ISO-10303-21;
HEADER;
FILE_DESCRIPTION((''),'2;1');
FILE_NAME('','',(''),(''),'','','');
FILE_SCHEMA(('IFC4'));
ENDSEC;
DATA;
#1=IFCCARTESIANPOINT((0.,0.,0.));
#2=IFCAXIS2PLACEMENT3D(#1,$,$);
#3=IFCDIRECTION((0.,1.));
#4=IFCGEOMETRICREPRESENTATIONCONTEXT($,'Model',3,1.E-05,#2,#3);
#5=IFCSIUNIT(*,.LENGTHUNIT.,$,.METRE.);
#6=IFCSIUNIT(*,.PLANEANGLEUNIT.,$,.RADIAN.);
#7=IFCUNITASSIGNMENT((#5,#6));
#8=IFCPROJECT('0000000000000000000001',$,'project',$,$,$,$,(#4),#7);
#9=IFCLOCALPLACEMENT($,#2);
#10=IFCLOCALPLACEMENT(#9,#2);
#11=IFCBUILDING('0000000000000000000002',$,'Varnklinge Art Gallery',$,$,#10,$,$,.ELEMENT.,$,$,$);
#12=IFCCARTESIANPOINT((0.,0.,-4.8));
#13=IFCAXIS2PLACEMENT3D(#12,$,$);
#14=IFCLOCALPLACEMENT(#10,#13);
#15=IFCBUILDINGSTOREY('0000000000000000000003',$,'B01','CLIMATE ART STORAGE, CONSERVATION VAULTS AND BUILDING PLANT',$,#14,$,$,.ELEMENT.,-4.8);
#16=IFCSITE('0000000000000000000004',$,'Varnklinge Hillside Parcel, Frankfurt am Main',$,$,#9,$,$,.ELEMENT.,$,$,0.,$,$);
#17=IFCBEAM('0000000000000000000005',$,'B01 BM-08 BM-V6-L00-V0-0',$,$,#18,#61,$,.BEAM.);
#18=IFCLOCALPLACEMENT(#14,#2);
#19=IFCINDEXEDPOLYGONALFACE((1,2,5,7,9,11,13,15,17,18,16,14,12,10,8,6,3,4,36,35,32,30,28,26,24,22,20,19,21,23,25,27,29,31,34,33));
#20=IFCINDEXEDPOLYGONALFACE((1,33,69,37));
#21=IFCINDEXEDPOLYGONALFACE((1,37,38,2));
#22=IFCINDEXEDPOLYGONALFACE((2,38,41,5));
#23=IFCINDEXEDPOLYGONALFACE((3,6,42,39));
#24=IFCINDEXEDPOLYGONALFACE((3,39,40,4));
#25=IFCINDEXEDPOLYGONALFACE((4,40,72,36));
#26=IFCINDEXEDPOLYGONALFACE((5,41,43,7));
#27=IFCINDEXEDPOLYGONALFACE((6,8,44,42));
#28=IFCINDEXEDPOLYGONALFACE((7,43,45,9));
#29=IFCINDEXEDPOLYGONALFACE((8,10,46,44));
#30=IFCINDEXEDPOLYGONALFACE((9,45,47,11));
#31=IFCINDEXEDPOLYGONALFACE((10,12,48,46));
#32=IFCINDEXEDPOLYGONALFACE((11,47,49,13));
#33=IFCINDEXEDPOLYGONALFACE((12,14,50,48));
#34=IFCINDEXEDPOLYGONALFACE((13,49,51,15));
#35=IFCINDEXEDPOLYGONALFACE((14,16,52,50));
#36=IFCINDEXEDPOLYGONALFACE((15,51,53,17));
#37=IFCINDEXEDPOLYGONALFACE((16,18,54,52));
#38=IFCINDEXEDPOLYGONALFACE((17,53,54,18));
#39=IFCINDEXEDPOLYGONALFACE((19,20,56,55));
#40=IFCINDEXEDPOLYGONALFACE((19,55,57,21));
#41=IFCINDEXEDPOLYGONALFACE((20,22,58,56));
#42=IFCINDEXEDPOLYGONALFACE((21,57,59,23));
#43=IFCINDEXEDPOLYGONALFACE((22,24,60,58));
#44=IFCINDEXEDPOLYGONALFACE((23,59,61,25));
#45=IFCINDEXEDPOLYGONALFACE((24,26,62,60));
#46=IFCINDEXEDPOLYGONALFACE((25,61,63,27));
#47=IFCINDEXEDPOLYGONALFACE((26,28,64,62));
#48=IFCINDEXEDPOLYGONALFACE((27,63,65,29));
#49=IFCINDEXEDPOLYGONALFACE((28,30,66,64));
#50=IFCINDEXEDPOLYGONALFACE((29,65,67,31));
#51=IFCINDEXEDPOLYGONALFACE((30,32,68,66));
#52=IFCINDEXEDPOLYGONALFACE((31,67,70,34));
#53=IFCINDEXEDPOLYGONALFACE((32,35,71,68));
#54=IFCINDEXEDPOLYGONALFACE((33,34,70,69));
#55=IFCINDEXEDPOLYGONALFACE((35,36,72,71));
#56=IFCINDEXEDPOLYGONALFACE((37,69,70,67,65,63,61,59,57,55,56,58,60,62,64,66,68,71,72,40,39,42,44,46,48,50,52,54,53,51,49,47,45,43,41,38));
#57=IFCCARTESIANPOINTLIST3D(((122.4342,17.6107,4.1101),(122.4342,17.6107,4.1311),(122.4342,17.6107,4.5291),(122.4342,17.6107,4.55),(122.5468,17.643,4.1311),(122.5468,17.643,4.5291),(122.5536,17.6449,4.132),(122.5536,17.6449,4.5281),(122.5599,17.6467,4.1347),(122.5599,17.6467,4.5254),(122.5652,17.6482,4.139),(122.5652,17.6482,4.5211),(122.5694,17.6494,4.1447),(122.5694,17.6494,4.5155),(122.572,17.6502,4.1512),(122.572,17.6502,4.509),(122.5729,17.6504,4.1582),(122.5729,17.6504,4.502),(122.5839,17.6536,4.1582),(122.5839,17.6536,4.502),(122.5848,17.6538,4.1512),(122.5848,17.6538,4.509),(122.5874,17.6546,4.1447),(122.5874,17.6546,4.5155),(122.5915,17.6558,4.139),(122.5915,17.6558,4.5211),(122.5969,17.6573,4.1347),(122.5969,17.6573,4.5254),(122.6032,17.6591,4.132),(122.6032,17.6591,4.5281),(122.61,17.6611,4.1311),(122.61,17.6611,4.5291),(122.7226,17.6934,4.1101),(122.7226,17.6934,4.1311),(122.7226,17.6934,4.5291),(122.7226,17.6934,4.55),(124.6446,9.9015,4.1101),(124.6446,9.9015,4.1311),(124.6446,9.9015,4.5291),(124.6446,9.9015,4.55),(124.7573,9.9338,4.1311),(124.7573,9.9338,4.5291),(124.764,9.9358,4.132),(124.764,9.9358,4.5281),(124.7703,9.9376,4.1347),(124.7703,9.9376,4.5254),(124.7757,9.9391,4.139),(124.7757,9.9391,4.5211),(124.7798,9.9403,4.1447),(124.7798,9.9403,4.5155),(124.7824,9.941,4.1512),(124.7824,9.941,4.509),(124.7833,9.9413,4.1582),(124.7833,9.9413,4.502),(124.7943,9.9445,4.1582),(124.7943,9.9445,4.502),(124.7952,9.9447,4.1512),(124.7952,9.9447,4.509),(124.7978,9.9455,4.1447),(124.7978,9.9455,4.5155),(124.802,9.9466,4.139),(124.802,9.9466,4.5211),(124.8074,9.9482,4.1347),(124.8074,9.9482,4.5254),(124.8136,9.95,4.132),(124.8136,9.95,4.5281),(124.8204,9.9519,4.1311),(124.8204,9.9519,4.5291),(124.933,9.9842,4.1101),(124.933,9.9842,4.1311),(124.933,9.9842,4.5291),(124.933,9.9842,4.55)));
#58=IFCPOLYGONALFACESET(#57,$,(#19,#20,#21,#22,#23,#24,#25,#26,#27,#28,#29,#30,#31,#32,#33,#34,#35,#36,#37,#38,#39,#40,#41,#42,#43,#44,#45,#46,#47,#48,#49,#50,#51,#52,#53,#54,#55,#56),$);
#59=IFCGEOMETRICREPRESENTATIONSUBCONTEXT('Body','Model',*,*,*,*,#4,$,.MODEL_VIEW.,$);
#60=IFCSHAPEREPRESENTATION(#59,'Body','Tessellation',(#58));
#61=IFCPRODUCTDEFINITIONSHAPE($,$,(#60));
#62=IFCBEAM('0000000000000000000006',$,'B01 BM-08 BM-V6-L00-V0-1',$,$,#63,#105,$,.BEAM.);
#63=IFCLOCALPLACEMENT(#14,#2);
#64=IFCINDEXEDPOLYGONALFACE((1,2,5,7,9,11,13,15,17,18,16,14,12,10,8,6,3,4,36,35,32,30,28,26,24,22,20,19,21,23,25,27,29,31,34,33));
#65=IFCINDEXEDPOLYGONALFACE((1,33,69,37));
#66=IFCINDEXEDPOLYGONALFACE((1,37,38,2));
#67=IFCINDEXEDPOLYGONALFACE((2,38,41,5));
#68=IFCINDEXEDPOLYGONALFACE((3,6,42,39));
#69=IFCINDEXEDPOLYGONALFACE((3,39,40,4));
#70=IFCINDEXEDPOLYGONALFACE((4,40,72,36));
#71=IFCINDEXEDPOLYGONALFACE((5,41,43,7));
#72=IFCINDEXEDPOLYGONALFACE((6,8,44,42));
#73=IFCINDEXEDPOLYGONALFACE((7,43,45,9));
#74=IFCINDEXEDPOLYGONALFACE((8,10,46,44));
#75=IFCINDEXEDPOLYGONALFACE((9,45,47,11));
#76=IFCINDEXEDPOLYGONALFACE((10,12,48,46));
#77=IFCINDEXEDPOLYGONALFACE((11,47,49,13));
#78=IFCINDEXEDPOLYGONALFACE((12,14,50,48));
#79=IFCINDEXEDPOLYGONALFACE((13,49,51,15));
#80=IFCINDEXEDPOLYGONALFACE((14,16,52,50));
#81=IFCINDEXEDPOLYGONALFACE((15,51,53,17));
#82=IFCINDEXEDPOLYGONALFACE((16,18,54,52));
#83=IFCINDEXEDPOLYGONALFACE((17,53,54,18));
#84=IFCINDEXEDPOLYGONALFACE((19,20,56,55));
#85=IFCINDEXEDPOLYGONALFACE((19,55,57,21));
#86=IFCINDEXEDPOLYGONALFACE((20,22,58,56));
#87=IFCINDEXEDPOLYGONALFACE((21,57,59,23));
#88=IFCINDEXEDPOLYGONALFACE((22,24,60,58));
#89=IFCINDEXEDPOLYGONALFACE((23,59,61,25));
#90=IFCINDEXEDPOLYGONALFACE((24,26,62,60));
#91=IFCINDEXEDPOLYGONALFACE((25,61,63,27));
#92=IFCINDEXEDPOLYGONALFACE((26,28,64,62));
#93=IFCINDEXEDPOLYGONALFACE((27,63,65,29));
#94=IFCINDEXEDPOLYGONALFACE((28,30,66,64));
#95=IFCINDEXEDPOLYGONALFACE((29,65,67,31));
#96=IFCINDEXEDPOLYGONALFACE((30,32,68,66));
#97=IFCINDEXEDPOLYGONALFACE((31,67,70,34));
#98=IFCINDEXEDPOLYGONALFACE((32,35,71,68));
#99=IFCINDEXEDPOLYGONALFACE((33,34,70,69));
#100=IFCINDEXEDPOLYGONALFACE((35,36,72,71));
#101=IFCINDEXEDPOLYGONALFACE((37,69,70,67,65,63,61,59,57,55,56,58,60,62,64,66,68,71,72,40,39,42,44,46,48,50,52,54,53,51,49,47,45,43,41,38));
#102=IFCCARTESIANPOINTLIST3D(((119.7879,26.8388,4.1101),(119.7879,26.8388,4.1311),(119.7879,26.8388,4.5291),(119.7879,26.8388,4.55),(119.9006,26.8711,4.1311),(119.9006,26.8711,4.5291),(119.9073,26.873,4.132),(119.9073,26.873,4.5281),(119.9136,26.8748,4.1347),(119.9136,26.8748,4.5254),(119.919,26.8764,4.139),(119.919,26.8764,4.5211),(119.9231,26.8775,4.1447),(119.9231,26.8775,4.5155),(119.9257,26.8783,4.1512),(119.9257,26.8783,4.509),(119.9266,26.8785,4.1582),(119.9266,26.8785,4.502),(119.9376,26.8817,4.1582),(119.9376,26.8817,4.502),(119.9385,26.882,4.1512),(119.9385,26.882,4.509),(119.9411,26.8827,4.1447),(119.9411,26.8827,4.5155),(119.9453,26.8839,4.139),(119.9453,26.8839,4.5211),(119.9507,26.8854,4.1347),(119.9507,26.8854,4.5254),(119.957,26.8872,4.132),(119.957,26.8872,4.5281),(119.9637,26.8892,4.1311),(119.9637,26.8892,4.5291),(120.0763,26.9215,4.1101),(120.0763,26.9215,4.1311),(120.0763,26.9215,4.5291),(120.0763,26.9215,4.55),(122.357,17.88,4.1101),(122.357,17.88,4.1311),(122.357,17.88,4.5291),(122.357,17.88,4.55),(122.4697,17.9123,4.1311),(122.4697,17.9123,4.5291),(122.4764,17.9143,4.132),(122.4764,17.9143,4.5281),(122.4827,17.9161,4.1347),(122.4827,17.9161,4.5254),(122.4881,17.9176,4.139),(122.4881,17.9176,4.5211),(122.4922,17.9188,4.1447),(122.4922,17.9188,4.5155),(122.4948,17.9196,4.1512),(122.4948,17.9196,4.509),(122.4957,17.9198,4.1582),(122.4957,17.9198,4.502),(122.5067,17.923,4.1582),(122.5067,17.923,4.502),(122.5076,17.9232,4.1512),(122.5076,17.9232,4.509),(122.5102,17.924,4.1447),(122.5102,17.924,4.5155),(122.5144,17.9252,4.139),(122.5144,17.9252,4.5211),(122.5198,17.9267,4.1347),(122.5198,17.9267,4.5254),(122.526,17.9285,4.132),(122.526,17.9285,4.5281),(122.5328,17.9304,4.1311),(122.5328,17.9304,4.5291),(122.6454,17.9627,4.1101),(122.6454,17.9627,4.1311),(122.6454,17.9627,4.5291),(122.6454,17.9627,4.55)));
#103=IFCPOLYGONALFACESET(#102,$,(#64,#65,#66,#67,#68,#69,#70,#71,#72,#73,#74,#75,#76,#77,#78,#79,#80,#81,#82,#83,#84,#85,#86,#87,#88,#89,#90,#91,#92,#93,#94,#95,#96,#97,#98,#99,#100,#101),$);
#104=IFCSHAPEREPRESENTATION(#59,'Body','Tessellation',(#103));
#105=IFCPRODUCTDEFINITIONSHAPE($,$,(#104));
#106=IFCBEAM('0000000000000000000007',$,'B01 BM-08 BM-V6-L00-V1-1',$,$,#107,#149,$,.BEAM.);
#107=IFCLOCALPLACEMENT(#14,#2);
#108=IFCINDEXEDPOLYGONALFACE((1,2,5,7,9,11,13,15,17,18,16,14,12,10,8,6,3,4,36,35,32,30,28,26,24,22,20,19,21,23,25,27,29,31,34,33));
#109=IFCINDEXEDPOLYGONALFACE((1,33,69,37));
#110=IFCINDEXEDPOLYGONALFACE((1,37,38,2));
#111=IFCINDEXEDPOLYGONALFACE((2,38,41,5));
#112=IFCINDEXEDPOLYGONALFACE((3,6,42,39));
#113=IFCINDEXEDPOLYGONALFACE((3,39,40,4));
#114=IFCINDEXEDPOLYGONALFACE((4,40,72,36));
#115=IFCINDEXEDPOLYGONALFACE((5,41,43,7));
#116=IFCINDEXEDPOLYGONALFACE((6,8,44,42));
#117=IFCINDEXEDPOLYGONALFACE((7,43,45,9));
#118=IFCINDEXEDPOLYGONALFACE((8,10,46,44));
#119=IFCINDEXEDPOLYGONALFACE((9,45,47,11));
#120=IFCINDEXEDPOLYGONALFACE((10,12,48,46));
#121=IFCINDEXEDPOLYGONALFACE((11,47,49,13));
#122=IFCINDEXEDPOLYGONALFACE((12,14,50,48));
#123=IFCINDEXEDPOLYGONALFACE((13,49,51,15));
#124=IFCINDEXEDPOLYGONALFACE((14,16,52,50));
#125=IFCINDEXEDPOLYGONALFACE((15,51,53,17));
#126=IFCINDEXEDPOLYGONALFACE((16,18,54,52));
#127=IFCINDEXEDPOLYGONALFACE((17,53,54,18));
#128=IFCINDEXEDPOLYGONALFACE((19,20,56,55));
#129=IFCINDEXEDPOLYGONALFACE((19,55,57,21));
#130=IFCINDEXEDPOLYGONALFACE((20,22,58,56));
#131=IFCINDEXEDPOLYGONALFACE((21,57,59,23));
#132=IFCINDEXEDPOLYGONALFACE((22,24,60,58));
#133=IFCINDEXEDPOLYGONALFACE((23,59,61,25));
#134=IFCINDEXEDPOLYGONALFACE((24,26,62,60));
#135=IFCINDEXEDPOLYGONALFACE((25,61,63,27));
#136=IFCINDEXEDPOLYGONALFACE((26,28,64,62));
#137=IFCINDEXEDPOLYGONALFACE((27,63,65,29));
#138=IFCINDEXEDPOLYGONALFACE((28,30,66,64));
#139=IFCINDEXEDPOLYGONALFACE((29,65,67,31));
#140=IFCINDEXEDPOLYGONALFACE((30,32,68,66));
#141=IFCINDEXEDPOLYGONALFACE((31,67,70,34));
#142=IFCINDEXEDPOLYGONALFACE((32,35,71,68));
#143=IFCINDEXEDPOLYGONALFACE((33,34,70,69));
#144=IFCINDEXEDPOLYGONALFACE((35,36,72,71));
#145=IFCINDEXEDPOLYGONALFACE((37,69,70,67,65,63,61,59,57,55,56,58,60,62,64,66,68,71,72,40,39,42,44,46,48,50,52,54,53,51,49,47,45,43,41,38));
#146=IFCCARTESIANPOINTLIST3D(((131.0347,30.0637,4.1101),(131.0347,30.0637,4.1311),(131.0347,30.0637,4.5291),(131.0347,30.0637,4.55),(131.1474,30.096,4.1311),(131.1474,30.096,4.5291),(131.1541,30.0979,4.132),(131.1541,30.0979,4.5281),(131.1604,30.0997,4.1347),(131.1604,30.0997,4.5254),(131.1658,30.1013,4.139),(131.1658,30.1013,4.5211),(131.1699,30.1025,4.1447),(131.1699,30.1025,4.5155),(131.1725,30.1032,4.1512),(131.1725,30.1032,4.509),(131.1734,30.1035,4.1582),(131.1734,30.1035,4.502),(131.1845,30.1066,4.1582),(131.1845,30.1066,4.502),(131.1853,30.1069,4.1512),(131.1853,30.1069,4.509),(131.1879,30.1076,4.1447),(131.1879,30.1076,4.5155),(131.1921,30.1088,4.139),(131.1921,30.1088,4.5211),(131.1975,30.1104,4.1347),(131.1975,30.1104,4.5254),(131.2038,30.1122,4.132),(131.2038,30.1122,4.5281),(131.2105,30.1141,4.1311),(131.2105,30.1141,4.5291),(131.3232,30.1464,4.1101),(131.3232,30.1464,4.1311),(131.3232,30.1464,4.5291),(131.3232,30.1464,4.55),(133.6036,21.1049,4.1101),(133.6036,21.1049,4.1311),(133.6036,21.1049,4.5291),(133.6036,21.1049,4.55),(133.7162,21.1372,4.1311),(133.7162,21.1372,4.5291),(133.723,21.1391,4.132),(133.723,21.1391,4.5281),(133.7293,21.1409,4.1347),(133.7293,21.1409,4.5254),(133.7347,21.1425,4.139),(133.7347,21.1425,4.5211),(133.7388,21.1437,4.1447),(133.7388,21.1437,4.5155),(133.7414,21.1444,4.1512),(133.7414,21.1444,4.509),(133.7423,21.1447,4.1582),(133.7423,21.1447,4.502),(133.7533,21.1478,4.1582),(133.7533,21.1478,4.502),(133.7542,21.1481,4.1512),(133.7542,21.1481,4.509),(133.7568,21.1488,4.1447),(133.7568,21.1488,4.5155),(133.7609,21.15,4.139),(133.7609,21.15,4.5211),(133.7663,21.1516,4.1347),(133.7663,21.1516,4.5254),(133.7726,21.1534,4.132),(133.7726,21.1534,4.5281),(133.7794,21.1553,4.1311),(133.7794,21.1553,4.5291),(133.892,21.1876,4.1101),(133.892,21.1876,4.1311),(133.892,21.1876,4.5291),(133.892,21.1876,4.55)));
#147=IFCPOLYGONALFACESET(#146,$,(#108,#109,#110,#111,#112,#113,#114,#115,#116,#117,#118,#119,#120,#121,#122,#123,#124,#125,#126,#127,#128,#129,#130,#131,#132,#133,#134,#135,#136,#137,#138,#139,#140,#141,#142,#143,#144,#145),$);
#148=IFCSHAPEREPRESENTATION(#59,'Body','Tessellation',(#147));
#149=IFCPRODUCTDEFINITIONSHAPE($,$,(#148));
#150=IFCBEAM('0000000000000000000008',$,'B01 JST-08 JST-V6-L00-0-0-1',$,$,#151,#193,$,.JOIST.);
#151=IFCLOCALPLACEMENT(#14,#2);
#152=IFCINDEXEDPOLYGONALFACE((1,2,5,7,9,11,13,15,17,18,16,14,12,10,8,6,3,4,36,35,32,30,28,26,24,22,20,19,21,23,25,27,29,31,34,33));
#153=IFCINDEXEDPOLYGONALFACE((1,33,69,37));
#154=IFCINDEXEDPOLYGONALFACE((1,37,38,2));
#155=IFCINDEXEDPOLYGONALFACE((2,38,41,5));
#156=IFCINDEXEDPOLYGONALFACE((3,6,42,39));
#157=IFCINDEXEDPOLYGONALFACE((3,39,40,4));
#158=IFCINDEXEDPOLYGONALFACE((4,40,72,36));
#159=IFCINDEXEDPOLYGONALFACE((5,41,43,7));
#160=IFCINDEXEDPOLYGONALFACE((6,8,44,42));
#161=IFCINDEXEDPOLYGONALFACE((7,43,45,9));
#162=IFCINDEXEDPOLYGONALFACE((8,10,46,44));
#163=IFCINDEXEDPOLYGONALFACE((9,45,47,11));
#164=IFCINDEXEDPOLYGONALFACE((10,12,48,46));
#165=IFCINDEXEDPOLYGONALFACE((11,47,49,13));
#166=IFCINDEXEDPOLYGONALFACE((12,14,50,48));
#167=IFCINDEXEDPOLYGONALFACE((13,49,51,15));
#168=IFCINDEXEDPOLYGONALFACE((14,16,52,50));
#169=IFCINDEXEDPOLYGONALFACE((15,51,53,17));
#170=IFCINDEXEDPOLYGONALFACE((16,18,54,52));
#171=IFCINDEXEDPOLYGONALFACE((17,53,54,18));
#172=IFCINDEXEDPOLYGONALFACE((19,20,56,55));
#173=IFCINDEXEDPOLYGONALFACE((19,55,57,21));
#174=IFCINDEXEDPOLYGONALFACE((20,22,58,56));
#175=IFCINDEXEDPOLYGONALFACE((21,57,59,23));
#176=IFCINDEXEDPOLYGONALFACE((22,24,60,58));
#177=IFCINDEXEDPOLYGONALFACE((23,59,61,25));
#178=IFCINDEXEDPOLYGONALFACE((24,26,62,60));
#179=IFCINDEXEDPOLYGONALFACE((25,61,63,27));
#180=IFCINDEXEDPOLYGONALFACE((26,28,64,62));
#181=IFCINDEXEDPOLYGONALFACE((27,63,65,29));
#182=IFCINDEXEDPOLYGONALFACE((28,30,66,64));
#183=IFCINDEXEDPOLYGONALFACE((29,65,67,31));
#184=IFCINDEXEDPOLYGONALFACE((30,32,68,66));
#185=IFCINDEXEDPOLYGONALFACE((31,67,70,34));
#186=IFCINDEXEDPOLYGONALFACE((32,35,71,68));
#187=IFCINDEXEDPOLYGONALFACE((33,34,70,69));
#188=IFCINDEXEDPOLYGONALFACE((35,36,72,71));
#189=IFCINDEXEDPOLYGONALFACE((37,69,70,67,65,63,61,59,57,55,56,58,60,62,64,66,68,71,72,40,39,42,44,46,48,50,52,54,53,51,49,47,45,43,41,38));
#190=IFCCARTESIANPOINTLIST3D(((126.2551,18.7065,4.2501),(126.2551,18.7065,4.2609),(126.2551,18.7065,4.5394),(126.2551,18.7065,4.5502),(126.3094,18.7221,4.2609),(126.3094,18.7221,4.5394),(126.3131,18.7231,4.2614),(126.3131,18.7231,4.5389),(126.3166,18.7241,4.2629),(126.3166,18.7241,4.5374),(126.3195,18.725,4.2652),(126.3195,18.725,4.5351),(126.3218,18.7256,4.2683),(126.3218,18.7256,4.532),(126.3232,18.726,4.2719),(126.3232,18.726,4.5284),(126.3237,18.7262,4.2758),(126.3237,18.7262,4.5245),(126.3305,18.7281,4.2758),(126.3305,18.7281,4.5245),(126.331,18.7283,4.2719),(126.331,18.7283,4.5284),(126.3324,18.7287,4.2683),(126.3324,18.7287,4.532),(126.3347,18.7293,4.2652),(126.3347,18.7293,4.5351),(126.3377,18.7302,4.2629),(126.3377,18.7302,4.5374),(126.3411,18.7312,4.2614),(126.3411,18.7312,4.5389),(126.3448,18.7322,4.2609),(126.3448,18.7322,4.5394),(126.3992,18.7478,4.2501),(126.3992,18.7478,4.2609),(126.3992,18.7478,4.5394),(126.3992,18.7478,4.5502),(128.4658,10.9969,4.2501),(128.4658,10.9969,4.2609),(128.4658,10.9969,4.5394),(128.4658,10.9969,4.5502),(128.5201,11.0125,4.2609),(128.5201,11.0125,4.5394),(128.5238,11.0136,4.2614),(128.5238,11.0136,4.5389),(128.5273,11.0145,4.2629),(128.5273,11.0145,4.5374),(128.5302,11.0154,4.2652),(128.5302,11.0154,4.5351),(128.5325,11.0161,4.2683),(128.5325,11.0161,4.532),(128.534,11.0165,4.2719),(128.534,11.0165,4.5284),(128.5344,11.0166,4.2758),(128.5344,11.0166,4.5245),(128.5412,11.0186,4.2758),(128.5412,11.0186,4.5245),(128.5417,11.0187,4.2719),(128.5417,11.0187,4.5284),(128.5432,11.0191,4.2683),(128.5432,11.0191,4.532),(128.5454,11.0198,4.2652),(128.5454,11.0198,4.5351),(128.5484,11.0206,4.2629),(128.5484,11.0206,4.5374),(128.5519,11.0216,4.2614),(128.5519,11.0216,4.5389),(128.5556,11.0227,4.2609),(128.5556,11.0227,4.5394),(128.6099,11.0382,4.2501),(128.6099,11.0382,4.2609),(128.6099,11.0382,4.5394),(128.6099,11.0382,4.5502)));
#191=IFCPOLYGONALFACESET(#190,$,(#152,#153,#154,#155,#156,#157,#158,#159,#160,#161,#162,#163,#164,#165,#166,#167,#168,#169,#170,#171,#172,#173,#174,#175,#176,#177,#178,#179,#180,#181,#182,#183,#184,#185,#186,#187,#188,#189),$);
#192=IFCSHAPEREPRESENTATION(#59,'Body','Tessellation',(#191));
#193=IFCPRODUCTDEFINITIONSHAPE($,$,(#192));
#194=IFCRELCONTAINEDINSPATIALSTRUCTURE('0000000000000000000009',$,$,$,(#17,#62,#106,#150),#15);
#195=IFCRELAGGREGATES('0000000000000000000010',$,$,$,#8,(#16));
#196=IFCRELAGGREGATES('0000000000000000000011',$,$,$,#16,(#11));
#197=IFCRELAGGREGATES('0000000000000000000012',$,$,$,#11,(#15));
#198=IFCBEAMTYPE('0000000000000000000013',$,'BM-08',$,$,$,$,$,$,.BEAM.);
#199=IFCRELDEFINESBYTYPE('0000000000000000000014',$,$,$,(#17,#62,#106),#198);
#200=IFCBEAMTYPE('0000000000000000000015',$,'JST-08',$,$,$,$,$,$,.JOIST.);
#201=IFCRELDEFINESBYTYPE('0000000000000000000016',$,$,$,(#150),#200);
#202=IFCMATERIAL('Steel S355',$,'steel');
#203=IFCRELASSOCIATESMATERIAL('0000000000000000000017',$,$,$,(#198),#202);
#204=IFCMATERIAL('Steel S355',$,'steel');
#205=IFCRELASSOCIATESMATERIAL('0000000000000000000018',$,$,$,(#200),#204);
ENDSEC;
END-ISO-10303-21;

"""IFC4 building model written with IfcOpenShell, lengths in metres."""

from ifc_helpers import new_model, si_unit, direction, frame, origin, origin_2d, place, context, subcontext, project, spatial, i_section, extrude, material, material_profile, profile_set, type_object, element, save


model = new_model("IFC4")

# Units and contexts
model_context = context("Model", 3, precision=1e-05, world=origin(), true_north=direction((0.0, 1.0)))
body_context = subcontext(model_context, "Body", "Model", "MODEL_VIEW")
ifc_project = project(units=[si_unit("LENGTHUNIT", "METRE"), si_unit("PLANEANGLEUNIT", "RADIAN")], contexts=[model_context])

# Site, building, storey
site_placement = place(None, origin())
site = spatial("IfcSite", under=ifc_project, at=site_placement, Name="Varnklinge Hillside Parcel, Frankfurt am Main", CompositionType="ELEMENT", RefElevation=0.0)
building_placement = place(site_placement, origin())
building = spatial("IfcBuilding", under=site, at=building_placement, Name="Varnklinge Art Gallery", CompositionType="ELEMENT")
storey_placement = place(building_placement, frame((0.0, 0.0, -4.8)))
storey = spatial("IfcBuildingStorey", under=building, at=storey_placement, Name="B01", Description="CLIMATE ART STORAGE, CONSERVATION VAULTS AND BUILDING PLANT", CompositionType="ELEMENT", Elevation=-4.8)

# Beams
ifc_material_1 = material(Name="Steel S355", Category="steel")
ifc_material_profile_1 = material_profile(ifc_material_1, i_section(OverallWidth=0.3, OverallDepth=0.4399, WebThickness=0.0115, FlangeThickness=0.021, FilletRadius=0.0271, at=origin_2d()), Name="HEA 450")
ifc_profile_set_1 = profile_set([ifc_material_profile_1], Name="Steel S355")
beam_type_1 = type_object("IfcBeamType", Name="BM-08", PredefinedType="BEAM", material=ifc_profile_set_1)
beam_1_placement = place(storey_placement, frame((124.7888, 9.9429, 4.3301), z_axis=(-0.275622, 0.961266, 0.0), x_axis=(-0.961266, -0.275622, 0.0)))
element("IfcBeam", 1, at=beam_1_placement, inside=storey, type_object=beam_type_1, Name="B01 BM-08 BM-V6-L00-V0-0", PredefinedType="BEAM", context=body_context, shape_type="SweptSolid", body=[
    extrude(i_section(OverallWidth=0.3, OverallDepth=0.4399, WebThickness=0.0115, FlangeThickness=0.021, FilletRadius=0.0271, at=origin_2d()), origin(), (0.0, 0.0, 1.0), 8.0198),
])
for number, where, z_axis, x_axis, name in (
    (2, (122.5012, 17.9214, 4.3301), (-0.275659, 0.961256, 0.0), (-0.961256, -0.275659, 0.0), "B01 BM-08 BM-V6-L00-V0-1"),
    (3, (133.7478, 21.1462, 4.3301), (-0.275634, 0.961263, 0.0), (-0.961263, -0.275634, 0.0), "B01 BM-08 BM-V6-L00-V1-1"),
):
    element("IfcBeam", number, at=place(storey_placement, frame(where, z_axis=z_axis, x_axis=x_axis)), inside=storey, type_object=beam_type_1, Name=name, PredefinedType="BEAM", context=body_context, shape_type="SweptSolid", body=[
        extrude(i_section(OverallWidth=0.3, OverallDepth=0.4399, WebThickness=0.0115, FlangeThickness=0.021, FilletRadius=0.0271, at=origin_2d()), origin(), (0.0, 0.0, 1.0), 9.3198),
    ])
ifc_material_2 = material(Name="Steel S355", Category="steel")
ifc_material_profile_2 = material_profile(ifc_material_2, i_section(OverallWidth=0.1499, OverallDepth=0.3, WebThickness=0.0071, FlangeThickness=0.0107, FilletRadius=0.0149, at=origin_2d()), Name="IPE 300")
ifc_profile_set_2 = profile_set([ifc_material_profile_2], Name="Steel S355")
beam_type_2 = type_object("IfcBeamType", Name="JST-08", PredefinedType="JOIST", material=ifc_profile_set_2)
beam_2_placement = place(storey_placement, frame((128.5378, 11.0176, 4.4001), z_axis=(-0.275642, 0.96126, 0.0), x_axis=(-0.96126, -0.275642, 0.0)))
element("IfcBeam", 4, at=beam_2_placement, inside=storey, type_object=beam_type_2, Name="B01 JST-08 JST-V6-L00-0-0-1", PredefinedType="JOIST", context=body_context, shape_type="SweptSolid", body=[
    extrude(i_section(OverallWidth=0.1499, OverallDepth=0.3, WebThickness=0.0071, FlangeThickness=0.0107, FilletRadius=0.0149, at=origin_2d()), origin(), (0.0, 0.0, 1.0), 8.0203),
])

save(model, "model.ifc")
